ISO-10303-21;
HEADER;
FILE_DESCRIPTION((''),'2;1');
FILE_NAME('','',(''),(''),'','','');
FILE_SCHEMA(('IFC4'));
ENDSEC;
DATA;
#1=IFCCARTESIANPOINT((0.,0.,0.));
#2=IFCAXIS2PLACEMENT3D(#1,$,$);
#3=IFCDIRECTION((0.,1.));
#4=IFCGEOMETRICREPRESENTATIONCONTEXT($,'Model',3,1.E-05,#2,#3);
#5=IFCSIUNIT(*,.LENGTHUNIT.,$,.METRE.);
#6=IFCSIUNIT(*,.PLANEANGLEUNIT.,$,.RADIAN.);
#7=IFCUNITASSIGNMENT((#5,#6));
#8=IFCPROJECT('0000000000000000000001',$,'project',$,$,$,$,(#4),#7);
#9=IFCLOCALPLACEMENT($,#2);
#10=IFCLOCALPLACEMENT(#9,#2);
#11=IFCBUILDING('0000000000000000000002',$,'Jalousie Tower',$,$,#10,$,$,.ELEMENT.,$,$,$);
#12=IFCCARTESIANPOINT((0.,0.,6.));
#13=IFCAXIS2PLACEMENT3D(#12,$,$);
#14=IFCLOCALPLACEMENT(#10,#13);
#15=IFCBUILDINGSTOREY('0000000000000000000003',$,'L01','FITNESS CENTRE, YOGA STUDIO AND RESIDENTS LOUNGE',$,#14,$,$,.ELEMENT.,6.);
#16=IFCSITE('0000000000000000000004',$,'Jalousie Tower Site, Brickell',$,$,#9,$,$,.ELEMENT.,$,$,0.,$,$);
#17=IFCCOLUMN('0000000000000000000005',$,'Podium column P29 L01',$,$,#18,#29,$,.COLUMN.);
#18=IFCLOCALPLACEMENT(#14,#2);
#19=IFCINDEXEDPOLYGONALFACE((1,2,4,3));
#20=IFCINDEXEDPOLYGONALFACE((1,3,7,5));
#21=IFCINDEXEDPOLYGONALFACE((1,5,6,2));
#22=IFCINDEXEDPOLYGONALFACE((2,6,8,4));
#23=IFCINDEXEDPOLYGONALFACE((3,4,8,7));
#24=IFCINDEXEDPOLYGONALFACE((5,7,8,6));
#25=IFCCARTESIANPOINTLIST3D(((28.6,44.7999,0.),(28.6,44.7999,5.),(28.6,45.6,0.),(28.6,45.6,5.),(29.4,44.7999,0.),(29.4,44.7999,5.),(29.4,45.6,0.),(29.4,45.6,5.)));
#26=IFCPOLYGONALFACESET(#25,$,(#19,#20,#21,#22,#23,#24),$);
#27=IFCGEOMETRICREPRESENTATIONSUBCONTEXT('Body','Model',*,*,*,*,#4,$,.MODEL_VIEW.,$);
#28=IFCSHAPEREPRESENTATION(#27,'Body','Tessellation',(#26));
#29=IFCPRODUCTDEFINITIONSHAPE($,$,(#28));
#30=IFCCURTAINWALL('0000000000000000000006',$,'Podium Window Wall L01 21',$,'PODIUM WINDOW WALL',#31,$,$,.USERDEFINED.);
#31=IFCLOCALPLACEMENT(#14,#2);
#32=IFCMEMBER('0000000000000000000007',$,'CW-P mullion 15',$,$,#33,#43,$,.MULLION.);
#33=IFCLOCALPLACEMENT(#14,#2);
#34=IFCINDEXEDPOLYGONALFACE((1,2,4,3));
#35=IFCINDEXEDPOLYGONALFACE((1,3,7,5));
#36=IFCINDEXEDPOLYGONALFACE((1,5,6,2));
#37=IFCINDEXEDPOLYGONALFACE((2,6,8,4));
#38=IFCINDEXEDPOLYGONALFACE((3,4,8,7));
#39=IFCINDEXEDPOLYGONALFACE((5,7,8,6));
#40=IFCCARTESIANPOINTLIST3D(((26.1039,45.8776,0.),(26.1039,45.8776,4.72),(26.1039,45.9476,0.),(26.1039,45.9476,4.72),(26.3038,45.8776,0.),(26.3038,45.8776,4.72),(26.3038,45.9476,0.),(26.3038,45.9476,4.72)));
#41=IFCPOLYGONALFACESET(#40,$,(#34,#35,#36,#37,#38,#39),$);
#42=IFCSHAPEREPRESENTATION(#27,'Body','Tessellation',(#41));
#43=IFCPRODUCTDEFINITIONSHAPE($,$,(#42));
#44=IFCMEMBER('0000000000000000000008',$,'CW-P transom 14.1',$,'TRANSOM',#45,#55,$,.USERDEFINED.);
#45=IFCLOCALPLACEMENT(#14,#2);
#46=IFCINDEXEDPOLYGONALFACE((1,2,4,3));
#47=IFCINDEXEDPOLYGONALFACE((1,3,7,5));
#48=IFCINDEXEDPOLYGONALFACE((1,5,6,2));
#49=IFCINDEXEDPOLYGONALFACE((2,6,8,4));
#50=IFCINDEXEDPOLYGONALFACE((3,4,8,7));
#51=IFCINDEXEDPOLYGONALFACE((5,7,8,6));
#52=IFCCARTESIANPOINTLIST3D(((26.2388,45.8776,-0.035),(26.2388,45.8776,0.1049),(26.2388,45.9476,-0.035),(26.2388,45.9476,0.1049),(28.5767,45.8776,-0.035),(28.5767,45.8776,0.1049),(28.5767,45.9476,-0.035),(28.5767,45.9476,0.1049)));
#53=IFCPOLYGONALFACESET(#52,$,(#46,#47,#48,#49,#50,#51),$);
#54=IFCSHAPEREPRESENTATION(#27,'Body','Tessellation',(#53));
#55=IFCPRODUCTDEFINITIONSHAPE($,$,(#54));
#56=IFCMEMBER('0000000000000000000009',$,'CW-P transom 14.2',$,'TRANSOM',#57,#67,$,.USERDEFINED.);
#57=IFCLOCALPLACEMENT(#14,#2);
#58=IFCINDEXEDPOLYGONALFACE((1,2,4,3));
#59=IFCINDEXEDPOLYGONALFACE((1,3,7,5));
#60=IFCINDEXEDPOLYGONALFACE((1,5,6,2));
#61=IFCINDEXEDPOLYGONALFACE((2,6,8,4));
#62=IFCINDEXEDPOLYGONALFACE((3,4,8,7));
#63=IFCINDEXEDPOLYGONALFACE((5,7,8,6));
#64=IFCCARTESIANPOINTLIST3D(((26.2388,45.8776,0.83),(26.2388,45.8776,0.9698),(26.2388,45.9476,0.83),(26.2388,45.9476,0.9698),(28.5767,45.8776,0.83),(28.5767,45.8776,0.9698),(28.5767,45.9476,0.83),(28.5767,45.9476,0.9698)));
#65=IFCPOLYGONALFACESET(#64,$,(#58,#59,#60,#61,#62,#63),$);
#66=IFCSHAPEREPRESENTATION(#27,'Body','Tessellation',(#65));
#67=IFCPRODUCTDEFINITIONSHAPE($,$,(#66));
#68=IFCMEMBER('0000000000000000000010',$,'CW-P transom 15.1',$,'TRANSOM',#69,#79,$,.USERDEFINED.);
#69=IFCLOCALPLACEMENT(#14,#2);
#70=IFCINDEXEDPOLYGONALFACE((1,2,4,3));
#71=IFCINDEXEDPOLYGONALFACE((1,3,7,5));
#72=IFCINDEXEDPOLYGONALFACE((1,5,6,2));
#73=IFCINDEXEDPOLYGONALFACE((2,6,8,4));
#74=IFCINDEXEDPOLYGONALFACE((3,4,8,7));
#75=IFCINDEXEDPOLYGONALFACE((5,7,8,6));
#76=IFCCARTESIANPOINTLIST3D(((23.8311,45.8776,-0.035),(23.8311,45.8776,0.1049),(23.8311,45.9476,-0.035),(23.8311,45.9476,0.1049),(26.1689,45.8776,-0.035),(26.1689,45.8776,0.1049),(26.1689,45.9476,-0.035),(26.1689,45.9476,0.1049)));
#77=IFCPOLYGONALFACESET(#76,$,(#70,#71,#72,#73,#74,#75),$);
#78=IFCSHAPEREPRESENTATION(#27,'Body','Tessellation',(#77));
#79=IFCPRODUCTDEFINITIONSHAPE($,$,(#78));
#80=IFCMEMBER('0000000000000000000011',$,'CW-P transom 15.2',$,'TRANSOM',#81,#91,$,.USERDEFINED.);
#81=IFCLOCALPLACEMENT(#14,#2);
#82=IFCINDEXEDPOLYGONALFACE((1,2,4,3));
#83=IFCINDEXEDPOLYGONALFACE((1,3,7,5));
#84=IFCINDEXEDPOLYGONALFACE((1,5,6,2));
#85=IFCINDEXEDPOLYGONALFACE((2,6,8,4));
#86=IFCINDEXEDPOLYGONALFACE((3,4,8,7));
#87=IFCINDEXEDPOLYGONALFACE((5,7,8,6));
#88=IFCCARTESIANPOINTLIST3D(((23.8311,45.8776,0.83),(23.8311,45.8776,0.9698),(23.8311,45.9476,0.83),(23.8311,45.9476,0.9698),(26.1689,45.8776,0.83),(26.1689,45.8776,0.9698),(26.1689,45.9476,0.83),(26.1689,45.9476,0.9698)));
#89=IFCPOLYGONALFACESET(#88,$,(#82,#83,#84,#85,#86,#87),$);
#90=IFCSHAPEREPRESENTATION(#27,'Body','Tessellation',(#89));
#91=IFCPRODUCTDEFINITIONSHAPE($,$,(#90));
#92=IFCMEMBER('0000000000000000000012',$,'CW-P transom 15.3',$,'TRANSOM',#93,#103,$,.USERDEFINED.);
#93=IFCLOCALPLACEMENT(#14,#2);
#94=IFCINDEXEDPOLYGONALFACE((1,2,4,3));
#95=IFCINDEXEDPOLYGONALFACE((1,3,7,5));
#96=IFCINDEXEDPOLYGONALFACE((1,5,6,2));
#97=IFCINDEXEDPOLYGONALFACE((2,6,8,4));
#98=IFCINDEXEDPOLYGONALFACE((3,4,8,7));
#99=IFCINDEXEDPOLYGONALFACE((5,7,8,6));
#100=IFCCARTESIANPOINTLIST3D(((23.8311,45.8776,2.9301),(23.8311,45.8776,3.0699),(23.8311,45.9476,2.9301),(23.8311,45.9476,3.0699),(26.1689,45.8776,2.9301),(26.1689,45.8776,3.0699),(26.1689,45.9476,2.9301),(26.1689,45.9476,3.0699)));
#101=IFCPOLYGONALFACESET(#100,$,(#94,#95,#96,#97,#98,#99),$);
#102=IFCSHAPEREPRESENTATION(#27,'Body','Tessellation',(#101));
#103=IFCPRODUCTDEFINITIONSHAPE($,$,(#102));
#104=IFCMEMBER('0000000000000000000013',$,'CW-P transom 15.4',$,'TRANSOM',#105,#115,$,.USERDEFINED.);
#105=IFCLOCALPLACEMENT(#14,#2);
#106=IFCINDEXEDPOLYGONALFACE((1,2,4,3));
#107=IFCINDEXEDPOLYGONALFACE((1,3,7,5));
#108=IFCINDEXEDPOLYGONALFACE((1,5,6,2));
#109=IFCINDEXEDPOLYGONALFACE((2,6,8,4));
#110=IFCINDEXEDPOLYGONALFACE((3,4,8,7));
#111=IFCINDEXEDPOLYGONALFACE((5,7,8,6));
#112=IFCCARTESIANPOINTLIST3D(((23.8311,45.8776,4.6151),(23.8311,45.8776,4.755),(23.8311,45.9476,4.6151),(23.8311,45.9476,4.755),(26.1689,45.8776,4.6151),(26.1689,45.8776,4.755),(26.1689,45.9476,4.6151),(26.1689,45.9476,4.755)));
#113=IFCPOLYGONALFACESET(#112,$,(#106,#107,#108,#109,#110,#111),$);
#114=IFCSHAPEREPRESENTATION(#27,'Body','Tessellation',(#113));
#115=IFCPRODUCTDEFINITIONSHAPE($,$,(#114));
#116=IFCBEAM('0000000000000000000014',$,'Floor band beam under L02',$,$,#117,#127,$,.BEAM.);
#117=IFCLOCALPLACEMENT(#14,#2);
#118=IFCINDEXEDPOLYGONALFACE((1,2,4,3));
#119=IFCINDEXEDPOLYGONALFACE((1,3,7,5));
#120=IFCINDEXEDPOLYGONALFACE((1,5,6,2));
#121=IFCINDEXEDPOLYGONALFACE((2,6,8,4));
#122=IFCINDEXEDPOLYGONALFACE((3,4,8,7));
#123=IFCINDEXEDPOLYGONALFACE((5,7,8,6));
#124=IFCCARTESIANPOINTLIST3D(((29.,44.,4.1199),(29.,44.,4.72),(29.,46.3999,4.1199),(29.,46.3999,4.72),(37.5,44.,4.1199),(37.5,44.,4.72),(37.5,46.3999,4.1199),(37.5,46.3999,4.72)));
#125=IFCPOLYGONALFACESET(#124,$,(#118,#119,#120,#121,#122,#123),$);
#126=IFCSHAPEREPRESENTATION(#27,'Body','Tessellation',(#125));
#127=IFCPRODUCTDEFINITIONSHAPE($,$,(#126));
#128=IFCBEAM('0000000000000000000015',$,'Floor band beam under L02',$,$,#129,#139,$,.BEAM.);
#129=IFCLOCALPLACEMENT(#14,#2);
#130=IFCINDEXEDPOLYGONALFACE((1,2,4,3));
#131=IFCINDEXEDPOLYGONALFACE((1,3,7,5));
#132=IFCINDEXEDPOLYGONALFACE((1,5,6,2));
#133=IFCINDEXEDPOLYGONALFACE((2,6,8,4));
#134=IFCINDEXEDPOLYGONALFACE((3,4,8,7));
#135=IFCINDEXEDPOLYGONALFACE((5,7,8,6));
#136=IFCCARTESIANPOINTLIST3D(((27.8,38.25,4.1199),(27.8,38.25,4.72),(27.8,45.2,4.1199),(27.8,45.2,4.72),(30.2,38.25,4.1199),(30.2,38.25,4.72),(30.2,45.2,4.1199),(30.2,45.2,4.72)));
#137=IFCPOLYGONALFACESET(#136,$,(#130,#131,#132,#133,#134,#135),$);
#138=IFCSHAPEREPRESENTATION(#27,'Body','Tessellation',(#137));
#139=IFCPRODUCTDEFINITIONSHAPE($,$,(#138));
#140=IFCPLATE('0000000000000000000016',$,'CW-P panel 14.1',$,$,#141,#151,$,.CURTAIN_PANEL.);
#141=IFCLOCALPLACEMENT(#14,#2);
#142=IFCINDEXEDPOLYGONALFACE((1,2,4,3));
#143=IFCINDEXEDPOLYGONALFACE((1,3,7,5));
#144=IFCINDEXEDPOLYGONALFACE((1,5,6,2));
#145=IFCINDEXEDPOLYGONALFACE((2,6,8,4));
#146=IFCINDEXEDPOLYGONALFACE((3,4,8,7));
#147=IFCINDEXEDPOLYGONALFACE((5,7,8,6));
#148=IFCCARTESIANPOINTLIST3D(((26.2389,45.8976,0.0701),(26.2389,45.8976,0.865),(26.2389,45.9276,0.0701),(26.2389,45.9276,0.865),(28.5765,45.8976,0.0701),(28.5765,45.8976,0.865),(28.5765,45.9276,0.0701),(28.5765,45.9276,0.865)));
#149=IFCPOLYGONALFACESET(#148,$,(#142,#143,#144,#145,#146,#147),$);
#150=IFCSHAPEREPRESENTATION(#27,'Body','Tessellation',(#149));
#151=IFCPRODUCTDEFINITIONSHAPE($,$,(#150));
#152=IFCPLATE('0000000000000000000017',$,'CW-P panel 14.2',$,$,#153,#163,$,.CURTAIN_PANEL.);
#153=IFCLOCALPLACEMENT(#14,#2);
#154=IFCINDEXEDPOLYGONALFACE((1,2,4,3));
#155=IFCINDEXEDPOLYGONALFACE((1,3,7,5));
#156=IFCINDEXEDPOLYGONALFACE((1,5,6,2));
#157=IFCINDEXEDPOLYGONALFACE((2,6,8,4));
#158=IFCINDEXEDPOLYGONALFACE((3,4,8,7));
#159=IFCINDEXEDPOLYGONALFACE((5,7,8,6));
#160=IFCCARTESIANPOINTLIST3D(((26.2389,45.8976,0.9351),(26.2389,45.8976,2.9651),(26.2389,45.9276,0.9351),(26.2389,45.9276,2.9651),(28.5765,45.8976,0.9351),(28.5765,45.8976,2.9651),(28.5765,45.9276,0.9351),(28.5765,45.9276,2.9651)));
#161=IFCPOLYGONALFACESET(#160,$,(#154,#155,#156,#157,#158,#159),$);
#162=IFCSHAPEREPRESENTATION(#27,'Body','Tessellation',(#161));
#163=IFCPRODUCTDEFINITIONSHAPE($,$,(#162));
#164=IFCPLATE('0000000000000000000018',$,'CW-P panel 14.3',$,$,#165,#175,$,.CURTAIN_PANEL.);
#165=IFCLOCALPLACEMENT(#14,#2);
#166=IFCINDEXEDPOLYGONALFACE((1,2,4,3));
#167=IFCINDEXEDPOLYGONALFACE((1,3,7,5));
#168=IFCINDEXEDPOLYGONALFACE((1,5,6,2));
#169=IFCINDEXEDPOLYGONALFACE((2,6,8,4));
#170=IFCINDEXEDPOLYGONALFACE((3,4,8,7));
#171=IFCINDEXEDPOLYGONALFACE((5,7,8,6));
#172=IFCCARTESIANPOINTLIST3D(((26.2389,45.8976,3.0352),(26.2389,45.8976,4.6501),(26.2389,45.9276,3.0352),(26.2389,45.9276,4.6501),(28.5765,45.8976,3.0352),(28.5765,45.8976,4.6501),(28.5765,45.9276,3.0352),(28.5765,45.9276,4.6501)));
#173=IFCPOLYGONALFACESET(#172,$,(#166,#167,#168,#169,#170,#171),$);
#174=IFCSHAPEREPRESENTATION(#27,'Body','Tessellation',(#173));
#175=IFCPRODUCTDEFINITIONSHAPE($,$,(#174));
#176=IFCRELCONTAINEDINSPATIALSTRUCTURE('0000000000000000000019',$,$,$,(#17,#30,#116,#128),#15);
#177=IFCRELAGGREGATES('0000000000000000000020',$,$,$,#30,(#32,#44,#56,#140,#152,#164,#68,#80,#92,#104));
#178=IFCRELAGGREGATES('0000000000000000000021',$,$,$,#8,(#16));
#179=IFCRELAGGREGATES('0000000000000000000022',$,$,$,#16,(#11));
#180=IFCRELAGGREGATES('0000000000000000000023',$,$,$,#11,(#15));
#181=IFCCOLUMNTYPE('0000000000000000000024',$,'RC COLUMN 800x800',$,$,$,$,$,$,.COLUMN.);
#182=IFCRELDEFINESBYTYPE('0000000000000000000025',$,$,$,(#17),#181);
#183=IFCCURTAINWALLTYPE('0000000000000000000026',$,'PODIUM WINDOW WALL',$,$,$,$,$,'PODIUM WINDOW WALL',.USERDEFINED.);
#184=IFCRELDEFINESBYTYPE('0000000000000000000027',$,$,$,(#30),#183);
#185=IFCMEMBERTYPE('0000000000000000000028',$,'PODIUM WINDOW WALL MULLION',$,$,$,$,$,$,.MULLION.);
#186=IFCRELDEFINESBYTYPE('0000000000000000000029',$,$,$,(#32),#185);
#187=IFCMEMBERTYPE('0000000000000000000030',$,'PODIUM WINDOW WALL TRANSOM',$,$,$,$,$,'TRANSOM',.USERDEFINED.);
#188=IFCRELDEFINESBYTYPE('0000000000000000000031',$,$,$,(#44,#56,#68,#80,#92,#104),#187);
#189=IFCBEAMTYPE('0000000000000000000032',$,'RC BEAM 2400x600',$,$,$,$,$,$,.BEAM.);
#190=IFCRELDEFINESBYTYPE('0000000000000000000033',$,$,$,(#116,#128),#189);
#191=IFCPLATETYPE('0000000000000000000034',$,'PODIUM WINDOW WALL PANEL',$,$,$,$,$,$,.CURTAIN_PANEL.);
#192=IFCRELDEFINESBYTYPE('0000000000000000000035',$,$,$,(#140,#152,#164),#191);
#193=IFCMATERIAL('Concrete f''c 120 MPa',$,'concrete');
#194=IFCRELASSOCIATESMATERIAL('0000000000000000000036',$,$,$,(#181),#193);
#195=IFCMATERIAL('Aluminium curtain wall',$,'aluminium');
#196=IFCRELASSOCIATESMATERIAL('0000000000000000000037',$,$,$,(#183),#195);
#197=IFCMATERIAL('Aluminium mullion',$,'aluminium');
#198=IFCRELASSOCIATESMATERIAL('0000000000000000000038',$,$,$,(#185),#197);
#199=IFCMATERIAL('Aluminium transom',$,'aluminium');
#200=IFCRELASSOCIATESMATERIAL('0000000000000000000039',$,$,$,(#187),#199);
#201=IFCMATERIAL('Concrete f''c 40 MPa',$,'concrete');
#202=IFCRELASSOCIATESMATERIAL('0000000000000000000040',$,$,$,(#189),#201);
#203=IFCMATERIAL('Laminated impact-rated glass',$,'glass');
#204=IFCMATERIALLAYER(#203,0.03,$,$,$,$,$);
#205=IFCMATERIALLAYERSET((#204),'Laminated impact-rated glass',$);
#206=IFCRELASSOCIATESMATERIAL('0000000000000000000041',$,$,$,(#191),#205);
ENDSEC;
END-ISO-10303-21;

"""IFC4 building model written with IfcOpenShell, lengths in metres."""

from ifc_helpers import new_model, si_unit, direction, frame, origin, origin_2d, place, context, subcontext, project, spatial, rectangle, extrude, material, layer, layer_set, material_profile, profile_set, type_object, element, aggregate, save


model = new_model("IFC4")

# Units and contexts
model_context = context("Model", 3, precision=1e-05, world=origin(), true_north=direction((0.0, 1.0)))
body_context = subcontext(model_context, "Body", "Model", "MODEL_VIEW")
ifc_project = project(units=[si_unit("LENGTHUNIT", "METRE"), si_unit("PLANEANGLEUNIT", "RADIAN")], contexts=[model_context])

# Site, building, storey
site_placement = place(None, origin())
site = spatial("IfcSite", under=ifc_project, at=site_placement, Name="Jalousie Tower Site, Brickell", CompositionType="ELEMENT", RefElevation=0.0)
building_placement = place(site_placement, origin())
building = spatial("IfcBuilding", under=site, at=building_placement, Name="Jalousie Tower", CompositionType="ELEMENT")
storey_placement = place(building_placement, frame((0.0, 0.0, 6.0)))
storey = spatial("IfcBuildingStorey", under=building, at=storey_placement, Name="L01", Description="FITNESS CENTRE, YOGA STUDIO AND RESIDENTS LOUNGE", CompositionType="ELEMENT", Elevation=6.0)

# Column
ifc_material_1 = material(Name="Concrete f'c 120 MPa", Category="concrete")
ifc_material_profile_1 = material_profile(ifc_material_1, rectangle(XDim=0.8, YDim=0.8, at=origin_2d()), Name="RC 800x800")
ifc_profile_set_1 = profile_set([ifc_material_profile_1], Name="Concrete f'c 120 MPa")
column_type = type_object("IfcColumnType", Name="RC COLUMN 800x800", PredefinedType="COLUMN", material=ifc_profile_set_1)
column_placement = place(storey_placement, frame((29.0, 45.2, 0.0), z_axis=(0.0, 0.0, 1.0), x_axis=(1.0, 0.0, 0.0)))
element("IfcColumn", 1, at=column_placement, inside=storey, type_object=column_type, Name="Podium column P29 L01", PredefinedType="COLUMN", context=body_context, shape_type="SweptSolid", body=[
    extrude(rectangle(XDim=0.8, YDim=0.8, at=origin_2d()), origin(), (0.0, 0.0, 1.0), 5.0),
])

# Curtain wall, members
ifc_material_2 = material(Name="Aluminium curtain wall", Category="aluminium")
curtain_wall_type = type_object("IfcCurtainWallType", Name="PODIUM WINDOW WALL", ElementType="PODIUM WINDOW WALL", PredefinedType="USERDEFINED", material=ifc_material_2)
curtain_wall_placement = place(storey_placement, origin())
curtain_wall = element("IfcCurtainWall", 2, at=curtain_wall_placement, inside=storey, type_object=curtain_wall_type, Name="Podium Window Wall L01 21", ObjectType="PODIUM WINDOW WALL", PredefinedType="USERDEFINED")
ifc_material_3 = material(Name="Aluminium mullion", Category="aluminium")
ifc_material_profile_2 = material_profile(ifc_material_3, rectangle(XDim=0.0701, YDim=0.2, at=origin_2d()), Name="MULLION 70x200")
ifc_profile_set_2 = profile_set([ifc_material_profile_2], Name="Aluminium mullion")
member_type_1 = type_object("IfcMemberType", Name="PODIUM WINDOW WALL MULLION", PredefinedType="MULLION", material=ifc_profile_set_2)
member_1_placement = place(storey_placement, frame((26.2039, 45.9126, 0.0), z_axis=(0.0, 0.0, 1.0), x_axis=(0.0, -1.0, 0.0)))
member_1 = element("IfcMember", 3, at=member_1_placement, type_object=member_type_1, Name="CW-P mullion 15", PredefinedType="MULLION", context=body_context, shape_type="SweptSolid", body=[
    extrude(rectangle(XDim=0.0701, YDim=0.2, at=origin_2d()), origin(), (0.0, 0.0, 1.0), 4.72),
])
ifc_material_4 = material(Name="Aluminium transom", Category="aluminium")
ifc_material_profile_3 = material_profile(ifc_material_4, rectangle(XDim=0.0701, YDim=0.1399, at=origin_2d()), Name="TRANSOM 70x140")
ifc_profile_set_3 = profile_set([ifc_material_profile_3], Name="Aluminium transom")
member_type_2 = type_object("IfcMemberType", Name="PODIUM WINDOW WALL TRANSOM", ElementType="TRANSOM", PredefinedType="USERDEFINED", material=ifc_profile_set_3)
member_2_placement = place(storey_placement, frame((28.5767, 45.9126, 0.0349), z_axis=(-1.0, 0.0, 0.0), x_axis=(0.0, -1.0, 0.0)))
member_2 = element("IfcMember", 4, at=member_2_placement, type_object=member_type_2, Name="CW-P transom 14.1", ObjectType="TRANSOM", PredefinedType="USERDEFINED", context=body_context, shape_type="SweptSolid", body=[
    extrude(rectangle(XDim=0.0701, YDim=0.1399, at=origin_2d()), origin(), (0.0, 0.0, 1.0), 2.3379),
])
member_3_placement = place(storey_placement, frame((28.5767, 45.9126, 0.8999), z_axis=(-1.0, 0.0, 0.0), x_axis=(0.0, -1.0, 0.0)))
member_3 = element("IfcMember", 5, at=member_3_placement, type_object=member_type_2, Name="CW-P transom 14.2", ObjectType="TRANSOM", PredefinedType="USERDEFINED", context=body_context, shape_type="SweptSolid", body=[
    extrude(rectangle(XDim=0.0701, YDim=0.1399, at=origin_2d()), origin(), (0.0, 0.0, 1.0), 2.3379),
])
member_4_placement = place(storey_placement, frame((26.1689, 45.9126, 0.0349), z_axis=(-1.0, 0.0, 0.0), x_axis=(0.0, -1.0, 0.0)))
member_4 = element("IfcMember", 6, at=member_4_placement, type_object=member_type_2, Name="CW-P transom 15.1", ObjectType="TRANSOM", PredefinedType="USERDEFINED", context=body_context, shape_type="SweptSolid", body=[
    extrude(rectangle(XDim=0.0701, YDim=0.1399, at=origin_2d()), origin(), (0.0, 0.0, 1.0), 2.3379),
])
member_5_placement = place(storey_placement, frame((26.1689, 45.9126, 0.8999), z_axis=(-1.0, 0.0, 0.0), x_axis=(0.0, -1.0, 0.0)))
member_5 = element("IfcMember", 7, at=member_5_placement, type_object=member_type_2, Name="CW-P transom 15.2", ObjectType="TRANSOM", PredefinedType="USERDEFINED", context=body_context, shape_type="SweptSolid", body=[
    extrude(rectangle(XDim=0.0701, YDim=0.1399, at=origin_2d()), origin(), (0.0, 0.0, 1.0), 2.3379),
])
member_6_placement = place(storey_placement, frame((26.1689, 45.9126, 3.0), z_axis=(-1.0, 0.0, 0.0), x_axis=(0.0, -1.0, 0.0)))
member_6 = element("IfcMember", 8, at=member_6_placement, type_object=member_type_2, Name="CW-P transom 15.3", ObjectType="TRANSOM", PredefinedType="USERDEFINED", context=body_context, shape_type="SweptSolid", body=[
    extrude(rectangle(XDim=0.0701, YDim=0.1399, at=origin_2d()), origin(), (0.0, 0.0, 1.0), 2.3379),
])
member_7_placement = place(storey_placement, frame((26.1689, 45.9126, 4.6851), z_axis=(-1.0, 0.0, 0.0), x_axis=(0.0, -1.0, 0.0)))
member_7 = element("IfcMember", 9, at=member_7_placement, type_object=member_type_2, Name="CW-P transom 15.4", ObjectType="TRANSOM", PredefinedType="USERDEFINED", context=body_context, shape_type="SweptSolid", body=[
    extrude(rectangle(XDim=0.0701, YDim=0.1399, at=origin_2d()), origin(), (0.0, 0.0, 1.0), 2.3379),
])

# Beams
ifc_material_5 = material(Name="Concrete f'c 40 MPa", Category="concrete")
ifc_material_profile_4 = material_profile(ifc_material_5, rectangle(XDim=2.3999, YDim=0.6001, at=origin_2d()), Name="RC 2400x600")
ifc_profile_set_4 = profile_set([ifc_material_profile_4], Name="Concrete f'c 40 MPa")
beam_type = type_object("IfcBeamType", Name="RC BEAM 2400x600", PredefinedType="BEAM", material=ifc_profile_set_4)
beam_1_placement = place(storey_placement, frame((29.0, 45.2, 4.4199), z_axis=(1.0, 0.0, 0.0), x_axis=(0.0, 1.0, 0.0)))
element("IfcBeam", 10, at=beam_1_placement, inside=storey, type_object=beam_type, Name="Floor band beam under L02", PredefinedType="BEAM", context=body_context, shape_type="SweptSolid", body=[
    extrude(rectangle(XDim=2.3999, YDim=0.6001, at=origin_2d()), origin(), (0.0, 0.0, 1.0), 8.5),
])
beam_2_placement = place(storey_placement, frame((29.0, 45.2, 4.4199), z_axis=(0.0, -1.0, 0.0), x_axis=(1.0, 0.0, 0.0)))
element("IfcBeam", 11, at=beam_2_placement, inside=storey, type_object=beam_type, Name="Floor band beam under L02", PredefinedType="BEAM", context=body_context, shape_type="SweptSolid", body=[
    extrude(rectangle(XDim=2.3999, YDim=0.6001, at=origin_2d()), origin(), (0.0, 0.0, 1.0), 6.95),
])

# Plates
ifc_material_6 = material(Name="Laminated impact-rated glass", Category="glass")
ifc_layer_1 = layer(ifc_material_6, 0.03)
ifc_layer_set_1 = layer_set([ifc_layer_1], Name="Laminated impact-rated glass")
plate_type = type_object("IfcPlateType", Name="PODIUM WINDOW WALL PANEL", PredefinedType="CURTAIN_PANEL", material=ifc_layer_set_1)
plate_1_placement = place(storey_placement, frame((27.4077, 45.9126, 0.0701), z_axis=(0.0, 0.0, 1.0), x_axis=(-1.0, 0.0, 0.0)))
plate_1 = element("IfcPlate", 12, at=plate_1_placement, type_object=plate_type, Name="CW-P panel 14.1", PredefinedType="CURTAIN_PANEL", context=body_context, shape_type="SweptSolid", body=[
    extrude(rectangle(XDim=2.3376, YDim=0.03, at=origin_2d()), origin(), (0.0, 0.0, 1.0), 0.7949),
])
plate_2_placement = place(storey_placement, frame((27.4077, 45.9126, 0.9351), z_axis=(0.0, 0.0, 1.0), x_axis=(-1.0, 0.0, 0.0)))
plate_2 = element("IfcPlate", 13, at=plate_2_placement, type_object=plate_type, Name="CW-P panel 14.2", PredefinedType="CURTAIN_PANEL", context=body_context, shape_type="SweptSolid", body=[
    extrude(rectangle(XDim=2.3376, YDim=0.03, at=origin_2d()), origin(), (0.0, 0.0, 1.0), 2.03),
])
plate_3_placement = place(storey_placement, frame((27.4077, 45.9126, 3.0352), z_axis=(0.0, 0.0, 1.0), x_axis=(-1.0, 0.0, 0.0)))
plate_3 = element("IfcPlate", 14, at=plate_3_placement, type_object=plate_type, Name="CW-P panel 14.3", PredefinedType="CURTAIN_PANEL", context=body_context, shape_type="SweptSolid", body=[
    extrude(rectangle(XDim=2.3376, YDim=0.03, at=origin_2d()), origin(), (0.0, 0.0, 1.0), 1.615),
])
aggregate(curtain_wall, [member_1, member_2, member_3, plate_1, plate_2, plate_3, member_4, member_5, member_6, member_7])

save(model, "model.ifc")
